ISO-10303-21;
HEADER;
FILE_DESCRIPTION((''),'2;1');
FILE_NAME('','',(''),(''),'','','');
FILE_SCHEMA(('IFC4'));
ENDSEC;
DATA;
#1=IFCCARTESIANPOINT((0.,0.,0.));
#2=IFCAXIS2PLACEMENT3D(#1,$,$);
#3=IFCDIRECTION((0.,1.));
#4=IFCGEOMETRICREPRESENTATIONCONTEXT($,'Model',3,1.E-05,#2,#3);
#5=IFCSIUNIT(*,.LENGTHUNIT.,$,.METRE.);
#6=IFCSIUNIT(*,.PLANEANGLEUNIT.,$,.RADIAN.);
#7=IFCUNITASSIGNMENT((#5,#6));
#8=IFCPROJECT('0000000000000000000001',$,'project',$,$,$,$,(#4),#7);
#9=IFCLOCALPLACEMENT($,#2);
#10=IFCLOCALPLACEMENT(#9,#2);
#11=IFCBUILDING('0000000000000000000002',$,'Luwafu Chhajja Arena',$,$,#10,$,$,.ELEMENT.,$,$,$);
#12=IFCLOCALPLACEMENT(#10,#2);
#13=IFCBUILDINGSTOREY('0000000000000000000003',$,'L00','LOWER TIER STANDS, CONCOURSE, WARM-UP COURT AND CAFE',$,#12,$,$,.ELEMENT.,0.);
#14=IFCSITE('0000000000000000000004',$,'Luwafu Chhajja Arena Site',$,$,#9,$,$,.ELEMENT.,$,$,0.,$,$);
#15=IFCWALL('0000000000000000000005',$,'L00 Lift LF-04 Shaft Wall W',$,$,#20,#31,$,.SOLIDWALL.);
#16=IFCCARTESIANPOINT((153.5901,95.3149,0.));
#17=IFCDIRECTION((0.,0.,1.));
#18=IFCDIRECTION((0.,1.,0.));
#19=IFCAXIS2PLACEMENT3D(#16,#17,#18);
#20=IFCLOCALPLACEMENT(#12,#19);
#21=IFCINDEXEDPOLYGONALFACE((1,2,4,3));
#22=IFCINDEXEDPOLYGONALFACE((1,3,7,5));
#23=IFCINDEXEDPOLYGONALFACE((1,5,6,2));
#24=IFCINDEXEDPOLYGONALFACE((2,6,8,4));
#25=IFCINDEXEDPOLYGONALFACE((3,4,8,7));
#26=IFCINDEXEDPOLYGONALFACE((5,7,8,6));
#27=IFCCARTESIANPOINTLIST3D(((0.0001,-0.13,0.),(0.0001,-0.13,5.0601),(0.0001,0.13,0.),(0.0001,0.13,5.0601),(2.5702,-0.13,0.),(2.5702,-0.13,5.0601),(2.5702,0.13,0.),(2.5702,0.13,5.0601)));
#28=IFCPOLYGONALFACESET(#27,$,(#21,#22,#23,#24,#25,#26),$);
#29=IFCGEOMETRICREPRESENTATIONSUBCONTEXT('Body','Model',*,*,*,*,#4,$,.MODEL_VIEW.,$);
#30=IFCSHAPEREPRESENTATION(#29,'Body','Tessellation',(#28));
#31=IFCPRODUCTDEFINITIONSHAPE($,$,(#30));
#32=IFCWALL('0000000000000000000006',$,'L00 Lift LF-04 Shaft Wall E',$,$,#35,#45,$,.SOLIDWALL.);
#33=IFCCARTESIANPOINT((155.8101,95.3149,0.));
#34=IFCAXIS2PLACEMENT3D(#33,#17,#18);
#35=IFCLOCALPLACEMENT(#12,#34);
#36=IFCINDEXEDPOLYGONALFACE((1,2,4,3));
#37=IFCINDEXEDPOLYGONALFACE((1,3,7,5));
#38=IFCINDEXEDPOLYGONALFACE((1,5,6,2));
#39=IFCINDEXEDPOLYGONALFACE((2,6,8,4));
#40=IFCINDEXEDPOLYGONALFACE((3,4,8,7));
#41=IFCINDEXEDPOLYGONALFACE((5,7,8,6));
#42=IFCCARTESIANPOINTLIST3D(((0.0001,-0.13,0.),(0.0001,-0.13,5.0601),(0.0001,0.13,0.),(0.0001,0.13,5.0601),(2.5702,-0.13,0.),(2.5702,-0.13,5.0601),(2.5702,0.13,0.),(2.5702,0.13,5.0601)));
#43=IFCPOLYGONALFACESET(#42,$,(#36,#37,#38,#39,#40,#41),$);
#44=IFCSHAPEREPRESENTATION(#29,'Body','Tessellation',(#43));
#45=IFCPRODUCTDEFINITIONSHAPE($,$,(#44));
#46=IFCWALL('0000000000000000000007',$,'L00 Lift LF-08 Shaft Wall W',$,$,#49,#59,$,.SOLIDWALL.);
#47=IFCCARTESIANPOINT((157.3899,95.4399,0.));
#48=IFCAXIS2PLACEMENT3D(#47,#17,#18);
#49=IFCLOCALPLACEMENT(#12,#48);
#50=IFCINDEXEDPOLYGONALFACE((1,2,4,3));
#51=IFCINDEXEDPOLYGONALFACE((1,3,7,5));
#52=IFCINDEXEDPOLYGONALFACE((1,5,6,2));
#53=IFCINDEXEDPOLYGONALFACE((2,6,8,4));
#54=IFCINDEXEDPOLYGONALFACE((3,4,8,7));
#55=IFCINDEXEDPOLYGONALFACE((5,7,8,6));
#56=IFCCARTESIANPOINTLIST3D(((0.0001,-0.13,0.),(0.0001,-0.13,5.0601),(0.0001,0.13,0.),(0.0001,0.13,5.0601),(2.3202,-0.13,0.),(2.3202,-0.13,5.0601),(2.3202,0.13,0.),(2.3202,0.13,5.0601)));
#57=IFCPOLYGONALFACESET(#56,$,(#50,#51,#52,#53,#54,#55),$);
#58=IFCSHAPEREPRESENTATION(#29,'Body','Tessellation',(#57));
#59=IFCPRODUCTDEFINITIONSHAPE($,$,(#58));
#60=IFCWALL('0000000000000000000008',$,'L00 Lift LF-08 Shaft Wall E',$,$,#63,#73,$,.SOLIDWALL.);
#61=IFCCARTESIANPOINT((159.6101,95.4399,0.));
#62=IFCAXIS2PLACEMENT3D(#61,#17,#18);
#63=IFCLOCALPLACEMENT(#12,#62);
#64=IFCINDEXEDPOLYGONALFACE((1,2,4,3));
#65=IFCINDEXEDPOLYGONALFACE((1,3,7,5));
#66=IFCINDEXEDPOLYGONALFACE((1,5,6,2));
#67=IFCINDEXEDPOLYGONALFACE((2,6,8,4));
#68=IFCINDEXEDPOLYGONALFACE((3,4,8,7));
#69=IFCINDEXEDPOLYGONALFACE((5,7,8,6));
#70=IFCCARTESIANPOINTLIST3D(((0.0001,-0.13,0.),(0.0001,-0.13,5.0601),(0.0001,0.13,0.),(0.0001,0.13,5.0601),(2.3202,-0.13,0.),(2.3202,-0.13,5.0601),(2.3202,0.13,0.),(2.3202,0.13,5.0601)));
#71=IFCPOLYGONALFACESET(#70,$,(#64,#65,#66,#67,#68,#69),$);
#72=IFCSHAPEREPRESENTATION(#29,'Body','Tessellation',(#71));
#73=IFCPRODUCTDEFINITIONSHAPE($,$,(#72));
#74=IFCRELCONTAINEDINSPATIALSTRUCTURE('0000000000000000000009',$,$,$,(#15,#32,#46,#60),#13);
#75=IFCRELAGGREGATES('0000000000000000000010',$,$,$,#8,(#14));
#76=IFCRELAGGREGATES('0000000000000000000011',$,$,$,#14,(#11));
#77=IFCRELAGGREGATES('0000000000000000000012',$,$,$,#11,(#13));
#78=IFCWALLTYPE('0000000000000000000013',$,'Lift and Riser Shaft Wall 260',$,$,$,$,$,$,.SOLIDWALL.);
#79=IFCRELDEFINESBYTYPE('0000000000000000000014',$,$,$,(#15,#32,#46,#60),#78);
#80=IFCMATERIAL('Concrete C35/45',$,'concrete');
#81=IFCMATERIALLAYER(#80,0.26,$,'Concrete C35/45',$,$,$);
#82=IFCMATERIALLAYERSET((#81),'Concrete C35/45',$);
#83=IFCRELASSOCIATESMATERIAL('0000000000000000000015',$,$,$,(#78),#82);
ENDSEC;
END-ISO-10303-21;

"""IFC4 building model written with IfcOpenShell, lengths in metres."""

from ifc_helpers import new_model, si_unit, direction, frame, frame_2d, origin, place, context, subcontext, project, spatial, rectangle, extrude, material, layer, layer_set, type_object, element, save


model = new_model("IFC4")

# Units and contexts
model_context = context("Model", 3, precision=1e-05, world=origin(), true_north=direction((0.0, 1.0)))
body_context = subcontext(model_context, "Body", "Model", "MODEL_VIEW")
ifc_project = project(units=[si_unit("LENGTHUNIT", "METRE"), si_unit("PLANEANGLEUNIT", "RADIAN")], contexts=[model_context])

# Site, building, storey
site_placement = place(None, origin())
site = spatial("IfcSite", under=ifc_project, at=site_placement, Name="Luwafu Chhajja Arena Site", CompositionType="ELEMENT", RefElevation=0.0)
building_placement = place(site_placement, origin())
building = spatial("IfcBuilding", under=site, at=building_placement, Name="Luwafu Chhajja Arena", CompositionType="ELEMENT")
storey_placement = place(building_placement, origin())
storey = spatial("IfcBuildingStorey", under=building, at=storey_placement, Name="L00", Description="LOWER TIER STANDS, CONCOURSE, WARM-UP COURT AND CAFE", CompositionType="ELEMENT", Elevation=0.0)

# Shared definitions
ifc_material_1 = material(Name="Concrete C35/45", Category="concrete")

# Shared definitions
ifc_layer_1 = layer(ifc_material_1, 0.26, Name="Concrete C35/45")
ifc_layer_set_1 = layer_set([ifc_layer_1], Name="Concrete C35/45")
wall_type_1 = type_object("IfcWallType", Name="Lift and Riser Shaft Wall 260", PredefinedType="SOLIDWALL", material=ifc_layer_set_1)

# Walls
for number, where, z_axis, x_axis, name in (
    (1, (153.5901, 95.3149, 0.0), (0.0, 0.0, 1.0), (0.0, 1.0, 0.0), "L00 Lift LF-04 Shaft Wall W"),
    (2, (155.8101, 95.3149, 0.0), (0.0, 0.0, 1.0), (0.0, 1.0, 0.0), "L00 Lift LF-04 Shaft Wall E"),
):
    element("IfcWall", number, at=place(storey_placement, frame(where, z_axis=z_axis, x_axis=x_axis)), inside=storey, type_object=wall_type_1, Name=name, PredefinedType="SOLIDWALL", context=body_context, shape_type="SweptSolid", body=[
        extrude(rectangle(XDim=2.5701, YDim=0.26, at=frame_2d((1.2852, 0.0))), origin(), (0.0, 0.0, 1.0), 5.0601),
    ])

# Walls
for number, where, z_axis, x_axis, name in (
    (3, (157.3899, 95.4399, 0.0), (0.0, 0.0, 1.0), (0.0, 1.0, 0.0), "L00 Lift LF-08 Shaft Wall W"),
    (4, (159.6101, 95.4399, 0.0), (0.0, 0.0, 1.0), (0.0, 1.0, 0.0), "L00 Lift LF-08 Shaft Wall E"),
):
    element("IfcWall", number, at=place(storey_placement, frame(where, z_axis=z_axis, x_axis=x_axis)), inside=storey, type_object=wall_type_1, Name=name, PredefinedType="SOLIDWALL", context=body_context, shape_type="SweptSolid", body=[
        extrude(rectangle(XDim=2.3201, YDim=0.26, at=frame_2d((1.1602, 0.0))), origin(), (0.0, 0.0, 1.0), 5.0601),
    ])

save(model, "model.ifc")
